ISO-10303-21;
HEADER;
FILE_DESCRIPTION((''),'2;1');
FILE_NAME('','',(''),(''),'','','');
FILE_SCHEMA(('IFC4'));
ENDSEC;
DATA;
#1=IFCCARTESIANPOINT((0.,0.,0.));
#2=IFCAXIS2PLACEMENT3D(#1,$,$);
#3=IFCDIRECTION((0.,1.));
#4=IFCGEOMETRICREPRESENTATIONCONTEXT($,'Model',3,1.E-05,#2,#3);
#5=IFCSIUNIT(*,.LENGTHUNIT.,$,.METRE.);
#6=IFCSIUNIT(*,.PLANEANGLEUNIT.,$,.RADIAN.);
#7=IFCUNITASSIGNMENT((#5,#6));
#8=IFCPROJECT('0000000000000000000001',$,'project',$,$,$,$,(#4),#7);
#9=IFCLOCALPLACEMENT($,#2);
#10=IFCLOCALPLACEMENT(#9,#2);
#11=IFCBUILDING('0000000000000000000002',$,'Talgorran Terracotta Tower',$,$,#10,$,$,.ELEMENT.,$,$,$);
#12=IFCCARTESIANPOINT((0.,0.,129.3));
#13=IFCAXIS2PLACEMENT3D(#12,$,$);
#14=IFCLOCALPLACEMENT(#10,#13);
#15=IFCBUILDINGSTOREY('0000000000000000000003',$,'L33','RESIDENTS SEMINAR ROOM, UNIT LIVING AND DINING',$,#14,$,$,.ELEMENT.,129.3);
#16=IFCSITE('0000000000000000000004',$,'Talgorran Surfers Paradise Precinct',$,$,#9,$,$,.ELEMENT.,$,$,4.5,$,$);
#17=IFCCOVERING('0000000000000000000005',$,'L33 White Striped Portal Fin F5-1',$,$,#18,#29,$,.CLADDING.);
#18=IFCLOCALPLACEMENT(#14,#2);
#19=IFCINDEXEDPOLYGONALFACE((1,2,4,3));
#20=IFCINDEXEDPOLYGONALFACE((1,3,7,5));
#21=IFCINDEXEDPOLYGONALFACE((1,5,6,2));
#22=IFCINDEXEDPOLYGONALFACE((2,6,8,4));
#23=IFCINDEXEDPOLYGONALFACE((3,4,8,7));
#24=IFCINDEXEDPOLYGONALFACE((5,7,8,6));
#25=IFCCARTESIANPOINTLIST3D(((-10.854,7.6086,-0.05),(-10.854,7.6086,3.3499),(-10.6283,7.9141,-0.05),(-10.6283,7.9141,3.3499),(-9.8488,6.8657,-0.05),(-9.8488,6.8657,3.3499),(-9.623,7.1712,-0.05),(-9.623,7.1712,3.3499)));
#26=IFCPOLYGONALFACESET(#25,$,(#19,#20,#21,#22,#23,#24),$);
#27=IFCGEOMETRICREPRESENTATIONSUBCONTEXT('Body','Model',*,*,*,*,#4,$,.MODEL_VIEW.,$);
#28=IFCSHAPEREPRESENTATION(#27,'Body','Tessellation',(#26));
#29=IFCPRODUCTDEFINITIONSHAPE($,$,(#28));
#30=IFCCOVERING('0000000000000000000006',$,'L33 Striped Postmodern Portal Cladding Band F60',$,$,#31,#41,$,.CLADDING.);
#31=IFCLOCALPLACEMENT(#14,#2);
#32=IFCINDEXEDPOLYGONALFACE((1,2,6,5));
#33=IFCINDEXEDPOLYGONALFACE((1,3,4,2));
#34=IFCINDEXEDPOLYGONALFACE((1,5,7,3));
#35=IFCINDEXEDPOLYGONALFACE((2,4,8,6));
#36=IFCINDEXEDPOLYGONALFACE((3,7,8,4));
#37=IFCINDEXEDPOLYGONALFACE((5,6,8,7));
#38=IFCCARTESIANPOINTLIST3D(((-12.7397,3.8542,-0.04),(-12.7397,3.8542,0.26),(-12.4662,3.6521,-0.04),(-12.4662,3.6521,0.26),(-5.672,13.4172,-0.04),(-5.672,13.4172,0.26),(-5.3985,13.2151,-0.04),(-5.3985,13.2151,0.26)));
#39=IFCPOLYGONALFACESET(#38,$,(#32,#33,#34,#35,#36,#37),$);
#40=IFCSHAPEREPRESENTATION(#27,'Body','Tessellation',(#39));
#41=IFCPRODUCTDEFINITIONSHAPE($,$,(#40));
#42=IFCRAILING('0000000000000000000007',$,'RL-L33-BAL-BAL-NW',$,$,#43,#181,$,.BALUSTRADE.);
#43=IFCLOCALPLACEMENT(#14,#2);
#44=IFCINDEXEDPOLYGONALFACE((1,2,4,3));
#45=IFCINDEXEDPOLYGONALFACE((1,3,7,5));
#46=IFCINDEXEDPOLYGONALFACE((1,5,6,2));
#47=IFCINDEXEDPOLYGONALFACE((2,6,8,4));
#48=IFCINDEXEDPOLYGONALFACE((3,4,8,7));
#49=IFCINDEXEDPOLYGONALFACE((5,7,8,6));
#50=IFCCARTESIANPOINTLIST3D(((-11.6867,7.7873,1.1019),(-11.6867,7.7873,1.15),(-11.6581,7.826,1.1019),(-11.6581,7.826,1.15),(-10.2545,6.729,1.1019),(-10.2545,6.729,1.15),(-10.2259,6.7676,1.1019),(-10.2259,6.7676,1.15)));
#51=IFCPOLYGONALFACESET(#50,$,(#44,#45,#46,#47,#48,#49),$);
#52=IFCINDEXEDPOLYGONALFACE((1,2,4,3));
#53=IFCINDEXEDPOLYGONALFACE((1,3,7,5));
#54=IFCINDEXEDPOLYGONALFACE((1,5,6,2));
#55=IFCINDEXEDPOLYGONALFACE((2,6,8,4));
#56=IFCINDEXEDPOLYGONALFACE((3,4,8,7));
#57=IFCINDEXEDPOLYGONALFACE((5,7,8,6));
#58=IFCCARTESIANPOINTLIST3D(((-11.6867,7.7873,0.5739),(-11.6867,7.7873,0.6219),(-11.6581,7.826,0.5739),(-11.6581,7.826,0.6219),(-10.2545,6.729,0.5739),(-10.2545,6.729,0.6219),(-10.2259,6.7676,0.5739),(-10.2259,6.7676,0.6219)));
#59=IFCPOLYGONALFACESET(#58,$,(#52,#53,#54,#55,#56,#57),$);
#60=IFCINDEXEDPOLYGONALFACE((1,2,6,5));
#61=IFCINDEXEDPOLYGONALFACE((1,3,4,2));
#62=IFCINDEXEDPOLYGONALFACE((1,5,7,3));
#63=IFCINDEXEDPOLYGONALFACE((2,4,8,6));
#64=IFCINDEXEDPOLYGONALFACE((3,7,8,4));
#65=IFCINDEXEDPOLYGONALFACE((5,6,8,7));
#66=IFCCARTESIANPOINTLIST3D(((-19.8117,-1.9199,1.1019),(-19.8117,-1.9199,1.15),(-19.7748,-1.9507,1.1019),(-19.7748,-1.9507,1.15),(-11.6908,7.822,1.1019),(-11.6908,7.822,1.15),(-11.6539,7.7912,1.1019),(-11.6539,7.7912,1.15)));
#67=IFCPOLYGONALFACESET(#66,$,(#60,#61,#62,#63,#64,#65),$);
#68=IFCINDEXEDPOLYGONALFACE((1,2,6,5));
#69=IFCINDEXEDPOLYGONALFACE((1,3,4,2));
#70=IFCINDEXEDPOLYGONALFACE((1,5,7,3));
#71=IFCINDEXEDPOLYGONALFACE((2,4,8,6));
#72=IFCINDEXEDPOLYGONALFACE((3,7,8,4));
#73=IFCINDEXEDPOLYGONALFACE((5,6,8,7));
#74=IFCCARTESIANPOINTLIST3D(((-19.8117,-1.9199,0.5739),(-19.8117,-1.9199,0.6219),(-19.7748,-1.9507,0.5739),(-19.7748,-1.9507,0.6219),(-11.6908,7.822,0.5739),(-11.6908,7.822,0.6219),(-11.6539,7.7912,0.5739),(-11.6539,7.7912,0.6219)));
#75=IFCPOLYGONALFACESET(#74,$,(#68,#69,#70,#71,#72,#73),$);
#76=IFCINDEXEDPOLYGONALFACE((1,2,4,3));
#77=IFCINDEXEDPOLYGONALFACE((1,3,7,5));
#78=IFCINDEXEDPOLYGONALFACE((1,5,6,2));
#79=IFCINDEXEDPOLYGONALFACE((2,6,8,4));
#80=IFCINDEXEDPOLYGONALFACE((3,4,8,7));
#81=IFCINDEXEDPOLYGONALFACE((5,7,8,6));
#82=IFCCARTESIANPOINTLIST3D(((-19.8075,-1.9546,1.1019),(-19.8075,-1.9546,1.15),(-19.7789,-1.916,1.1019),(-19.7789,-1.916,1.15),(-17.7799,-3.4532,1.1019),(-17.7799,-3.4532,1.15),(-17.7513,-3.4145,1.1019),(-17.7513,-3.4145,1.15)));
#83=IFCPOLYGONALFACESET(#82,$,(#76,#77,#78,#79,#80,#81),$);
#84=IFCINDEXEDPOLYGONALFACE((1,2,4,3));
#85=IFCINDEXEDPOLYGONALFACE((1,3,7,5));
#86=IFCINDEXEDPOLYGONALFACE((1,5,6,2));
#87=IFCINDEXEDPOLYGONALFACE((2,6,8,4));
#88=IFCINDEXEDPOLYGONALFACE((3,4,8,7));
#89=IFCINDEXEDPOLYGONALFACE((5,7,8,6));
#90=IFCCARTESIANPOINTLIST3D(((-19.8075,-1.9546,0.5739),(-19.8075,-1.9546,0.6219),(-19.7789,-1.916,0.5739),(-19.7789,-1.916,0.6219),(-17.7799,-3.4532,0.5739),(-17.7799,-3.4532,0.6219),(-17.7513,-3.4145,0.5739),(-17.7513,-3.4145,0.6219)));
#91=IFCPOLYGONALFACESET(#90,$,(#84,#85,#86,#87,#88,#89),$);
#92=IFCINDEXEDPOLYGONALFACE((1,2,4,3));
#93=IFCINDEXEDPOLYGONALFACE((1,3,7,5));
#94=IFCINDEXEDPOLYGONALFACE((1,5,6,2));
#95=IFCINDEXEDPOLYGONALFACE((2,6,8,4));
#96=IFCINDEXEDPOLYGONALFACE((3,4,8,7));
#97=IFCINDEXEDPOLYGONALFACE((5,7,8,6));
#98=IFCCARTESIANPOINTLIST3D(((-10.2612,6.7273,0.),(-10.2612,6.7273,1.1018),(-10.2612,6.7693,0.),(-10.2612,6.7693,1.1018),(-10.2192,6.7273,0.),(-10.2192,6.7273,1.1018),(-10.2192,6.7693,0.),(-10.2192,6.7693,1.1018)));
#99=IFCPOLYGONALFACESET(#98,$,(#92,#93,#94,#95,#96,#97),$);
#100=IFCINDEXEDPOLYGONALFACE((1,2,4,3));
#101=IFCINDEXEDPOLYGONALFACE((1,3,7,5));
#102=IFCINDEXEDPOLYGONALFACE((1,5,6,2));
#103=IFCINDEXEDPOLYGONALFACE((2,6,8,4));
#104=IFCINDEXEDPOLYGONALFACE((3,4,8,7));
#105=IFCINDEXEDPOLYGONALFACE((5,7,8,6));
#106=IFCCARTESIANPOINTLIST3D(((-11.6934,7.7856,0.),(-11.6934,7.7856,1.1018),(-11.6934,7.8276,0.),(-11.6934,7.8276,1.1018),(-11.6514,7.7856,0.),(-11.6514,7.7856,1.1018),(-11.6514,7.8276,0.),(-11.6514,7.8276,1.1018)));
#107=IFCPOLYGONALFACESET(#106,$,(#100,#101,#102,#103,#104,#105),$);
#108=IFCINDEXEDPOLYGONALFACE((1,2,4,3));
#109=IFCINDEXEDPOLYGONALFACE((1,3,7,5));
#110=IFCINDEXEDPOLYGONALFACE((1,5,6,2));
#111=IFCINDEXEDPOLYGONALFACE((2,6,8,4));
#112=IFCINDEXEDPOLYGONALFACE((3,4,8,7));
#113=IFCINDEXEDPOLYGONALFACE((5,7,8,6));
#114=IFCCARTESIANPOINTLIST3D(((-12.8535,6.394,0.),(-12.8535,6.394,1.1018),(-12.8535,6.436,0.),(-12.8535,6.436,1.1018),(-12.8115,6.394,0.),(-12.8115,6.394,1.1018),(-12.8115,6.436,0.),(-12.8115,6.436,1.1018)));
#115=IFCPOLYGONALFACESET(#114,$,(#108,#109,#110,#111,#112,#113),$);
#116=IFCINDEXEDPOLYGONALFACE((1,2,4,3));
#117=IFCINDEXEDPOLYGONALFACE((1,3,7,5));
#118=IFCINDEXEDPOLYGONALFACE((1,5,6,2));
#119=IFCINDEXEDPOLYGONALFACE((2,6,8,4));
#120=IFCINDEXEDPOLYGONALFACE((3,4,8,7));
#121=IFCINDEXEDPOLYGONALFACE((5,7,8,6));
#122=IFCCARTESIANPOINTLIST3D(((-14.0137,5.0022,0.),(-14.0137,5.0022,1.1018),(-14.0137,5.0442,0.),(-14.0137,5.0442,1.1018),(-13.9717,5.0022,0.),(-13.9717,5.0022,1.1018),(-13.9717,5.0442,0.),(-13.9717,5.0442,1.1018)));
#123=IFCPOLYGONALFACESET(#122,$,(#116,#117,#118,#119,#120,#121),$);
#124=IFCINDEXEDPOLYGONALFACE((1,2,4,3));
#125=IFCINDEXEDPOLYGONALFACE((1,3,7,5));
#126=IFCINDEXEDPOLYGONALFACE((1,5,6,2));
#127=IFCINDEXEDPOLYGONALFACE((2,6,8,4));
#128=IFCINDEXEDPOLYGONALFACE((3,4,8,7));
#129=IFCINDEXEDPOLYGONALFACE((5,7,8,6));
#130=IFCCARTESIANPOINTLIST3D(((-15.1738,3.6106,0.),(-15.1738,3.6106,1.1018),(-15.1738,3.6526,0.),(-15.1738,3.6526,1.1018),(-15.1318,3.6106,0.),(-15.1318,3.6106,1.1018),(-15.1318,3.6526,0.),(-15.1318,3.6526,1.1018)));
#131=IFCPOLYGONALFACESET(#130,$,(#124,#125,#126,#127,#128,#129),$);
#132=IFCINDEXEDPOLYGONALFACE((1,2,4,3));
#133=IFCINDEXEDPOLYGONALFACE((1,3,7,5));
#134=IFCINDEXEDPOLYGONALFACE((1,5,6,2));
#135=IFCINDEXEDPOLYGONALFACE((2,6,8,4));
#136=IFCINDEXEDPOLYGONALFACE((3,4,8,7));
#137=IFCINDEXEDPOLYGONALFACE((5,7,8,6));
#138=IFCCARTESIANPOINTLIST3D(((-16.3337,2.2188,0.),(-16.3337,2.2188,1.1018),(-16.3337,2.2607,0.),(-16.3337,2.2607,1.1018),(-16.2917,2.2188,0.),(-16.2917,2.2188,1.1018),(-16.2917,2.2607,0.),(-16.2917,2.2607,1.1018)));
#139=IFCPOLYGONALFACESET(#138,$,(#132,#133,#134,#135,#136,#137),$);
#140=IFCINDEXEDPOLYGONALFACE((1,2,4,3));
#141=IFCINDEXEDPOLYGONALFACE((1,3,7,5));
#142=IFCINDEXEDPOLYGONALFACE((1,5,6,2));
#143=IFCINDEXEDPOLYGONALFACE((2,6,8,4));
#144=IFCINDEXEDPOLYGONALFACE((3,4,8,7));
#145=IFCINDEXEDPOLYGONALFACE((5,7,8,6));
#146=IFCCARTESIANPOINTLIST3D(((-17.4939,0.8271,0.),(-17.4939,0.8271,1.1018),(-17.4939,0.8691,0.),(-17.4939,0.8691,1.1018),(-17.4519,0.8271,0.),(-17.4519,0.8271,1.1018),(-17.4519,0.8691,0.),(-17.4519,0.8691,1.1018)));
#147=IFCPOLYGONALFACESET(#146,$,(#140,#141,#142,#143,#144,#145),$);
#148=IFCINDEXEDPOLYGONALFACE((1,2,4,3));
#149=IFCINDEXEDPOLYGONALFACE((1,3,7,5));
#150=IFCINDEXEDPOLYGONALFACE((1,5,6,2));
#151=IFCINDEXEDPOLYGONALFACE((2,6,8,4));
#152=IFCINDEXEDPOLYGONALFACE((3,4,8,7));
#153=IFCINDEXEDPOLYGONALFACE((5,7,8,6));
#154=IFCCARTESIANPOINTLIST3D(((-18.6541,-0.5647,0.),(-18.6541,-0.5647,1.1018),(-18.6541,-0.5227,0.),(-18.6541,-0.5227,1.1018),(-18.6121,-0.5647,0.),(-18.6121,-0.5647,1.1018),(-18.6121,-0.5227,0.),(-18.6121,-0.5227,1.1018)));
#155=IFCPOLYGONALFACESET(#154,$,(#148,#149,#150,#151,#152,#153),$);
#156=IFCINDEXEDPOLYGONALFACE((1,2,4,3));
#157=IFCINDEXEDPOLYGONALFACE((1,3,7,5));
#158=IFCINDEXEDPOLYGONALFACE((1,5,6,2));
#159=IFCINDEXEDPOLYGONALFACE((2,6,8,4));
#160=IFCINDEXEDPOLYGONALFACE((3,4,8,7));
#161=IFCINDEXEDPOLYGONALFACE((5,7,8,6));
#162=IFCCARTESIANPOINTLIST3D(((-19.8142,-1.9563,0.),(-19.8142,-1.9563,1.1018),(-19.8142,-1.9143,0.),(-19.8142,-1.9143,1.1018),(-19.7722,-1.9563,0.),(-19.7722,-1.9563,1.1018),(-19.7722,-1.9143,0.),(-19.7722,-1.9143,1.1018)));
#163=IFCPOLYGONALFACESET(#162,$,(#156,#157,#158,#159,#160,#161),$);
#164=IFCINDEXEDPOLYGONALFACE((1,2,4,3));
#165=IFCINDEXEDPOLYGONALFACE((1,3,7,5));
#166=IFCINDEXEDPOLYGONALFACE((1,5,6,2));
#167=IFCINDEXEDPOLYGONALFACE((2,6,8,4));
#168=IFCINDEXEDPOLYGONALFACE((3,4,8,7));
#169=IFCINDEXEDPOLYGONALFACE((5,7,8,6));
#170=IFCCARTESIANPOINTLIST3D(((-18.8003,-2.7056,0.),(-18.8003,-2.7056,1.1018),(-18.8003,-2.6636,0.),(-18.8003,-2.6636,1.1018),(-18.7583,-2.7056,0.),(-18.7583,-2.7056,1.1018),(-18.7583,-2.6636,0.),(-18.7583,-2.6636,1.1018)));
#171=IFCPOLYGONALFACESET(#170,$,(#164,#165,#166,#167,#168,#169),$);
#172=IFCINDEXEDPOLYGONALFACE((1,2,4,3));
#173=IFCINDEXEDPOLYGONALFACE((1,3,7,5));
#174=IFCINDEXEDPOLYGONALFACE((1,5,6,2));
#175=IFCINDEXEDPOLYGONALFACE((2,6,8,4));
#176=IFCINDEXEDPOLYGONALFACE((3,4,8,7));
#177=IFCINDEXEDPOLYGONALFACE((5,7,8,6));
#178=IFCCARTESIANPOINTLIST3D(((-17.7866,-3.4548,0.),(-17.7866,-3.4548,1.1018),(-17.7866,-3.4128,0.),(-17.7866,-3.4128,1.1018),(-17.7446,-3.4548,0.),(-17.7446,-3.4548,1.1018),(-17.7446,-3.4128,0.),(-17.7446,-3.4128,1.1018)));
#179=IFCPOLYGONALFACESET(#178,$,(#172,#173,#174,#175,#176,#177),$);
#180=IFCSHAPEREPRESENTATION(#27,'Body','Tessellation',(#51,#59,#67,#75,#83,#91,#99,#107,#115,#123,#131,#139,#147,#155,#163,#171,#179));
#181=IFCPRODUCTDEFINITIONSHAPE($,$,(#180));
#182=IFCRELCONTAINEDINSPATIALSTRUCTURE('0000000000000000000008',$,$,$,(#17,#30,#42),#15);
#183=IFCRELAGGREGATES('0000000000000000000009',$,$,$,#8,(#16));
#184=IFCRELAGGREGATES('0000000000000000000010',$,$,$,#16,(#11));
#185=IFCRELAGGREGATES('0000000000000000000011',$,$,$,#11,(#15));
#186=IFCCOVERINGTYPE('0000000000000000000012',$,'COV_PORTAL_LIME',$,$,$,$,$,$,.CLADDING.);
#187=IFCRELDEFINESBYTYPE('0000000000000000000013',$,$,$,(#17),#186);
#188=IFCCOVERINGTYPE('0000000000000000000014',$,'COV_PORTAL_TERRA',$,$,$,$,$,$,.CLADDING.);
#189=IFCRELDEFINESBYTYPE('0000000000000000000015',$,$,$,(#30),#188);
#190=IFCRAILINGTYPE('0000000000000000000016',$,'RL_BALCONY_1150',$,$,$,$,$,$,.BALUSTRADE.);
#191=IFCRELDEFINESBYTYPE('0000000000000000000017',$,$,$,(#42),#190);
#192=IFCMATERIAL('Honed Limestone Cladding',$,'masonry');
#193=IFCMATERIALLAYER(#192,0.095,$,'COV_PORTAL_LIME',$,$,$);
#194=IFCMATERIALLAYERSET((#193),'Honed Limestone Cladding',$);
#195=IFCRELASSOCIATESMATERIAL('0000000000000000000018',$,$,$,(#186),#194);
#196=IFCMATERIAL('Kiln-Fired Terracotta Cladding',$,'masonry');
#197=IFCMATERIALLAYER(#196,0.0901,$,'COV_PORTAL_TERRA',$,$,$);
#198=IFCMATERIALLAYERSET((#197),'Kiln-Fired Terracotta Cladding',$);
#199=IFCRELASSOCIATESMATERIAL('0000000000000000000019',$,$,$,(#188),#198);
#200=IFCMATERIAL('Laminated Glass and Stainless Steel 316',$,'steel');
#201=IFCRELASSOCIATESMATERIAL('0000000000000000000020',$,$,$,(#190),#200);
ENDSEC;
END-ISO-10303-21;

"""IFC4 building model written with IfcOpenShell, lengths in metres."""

from ifc_helpers import new_model, si_unit, direction, frame, origin, origin_2d, place, context, subcontext, project, spatial, rectangle, extrude, material, layer, layer_set, type_object, element, save


model = new_model("IFC4")

# Units and contexts
model_context = context("Model", 3, precision=1e-05, world=origin(), true_north=direction((0.0, 1.0)))
body_context = subcontext(model_context, "Body", "Model", "MODEL_VIEW")
ifc_project = project(units=[si_unit("LENGTHUNIT", "METRE"), si_unit("PLANEANGLEUNIT", "RADIAN")], contexts=[model_context])

# Site, building, storey
site_placement = place(None, origin())
site = spatial("IfcSite", under=ifc_project, at=site_placement, Name="Talgorran Surfers Paradise Precinct", CompositionType="ELEMENT", RefElevation=4.5)
building_placement = place(site_placement, origin())
building = spatial("IfcBuilding", under=site, at=building_placement, Name="Talgorran Terracotta Tower", CompositionType="ELEMENT")
storey_placement = place(building_placement, frame((0.0, 0.0, 129.3)))
storey = spatial("IfcBuildingStorey", under=building, at=storey_placement, Name="L33", Description="RESIDENTS SEMINAR ROOM, UNIT LIVING AND DINING", CompositionType="ELEMENT", Elevation=129.3)

# Coverings
ifc_material_1 = material(Name="Honed Limestone Cladding", Category="masonry")
ifc_layer_1 = layer(ifc_material_1, 0.095, Name="COV_PORTAL_LIME")
ifc_layer_set_1 = layer_set([ifc_layer_1], Name="Honed Limestone Cladding")
covering_type_1 = type_object("IfcCoveringType", Name="COV_PORTAL_LIME", PredefinedType="CLADDING", material=ifc_layer_set_1)
covering_1_placement = place(storey_placement, frame((-10.2385, 7.3899, -0.05), z_axis=(0.0, 0.0, 1.0), x_axis=(-0.59436, -0.804199, 0.0)))
element("IfcCovering", 1, at=covering_1_placement, inside=storey, type_object=covering_type_1, Name="L33 White Striped Portal Fin F5-1", PredefinedType="CLADDING", context=body_context, shape_type="SweptSolid", body=[
    extrude(rectangle(XDim=0.3799, YDim=1.25, at=origin_2d()), origin(), (0.0, 0.0, 1.0), 3.3999),
])
ifc_material_2 = material(Name="Kiln-Fired Terracotta Cladding", Category="masonry")
ifc_layer_2 = layer(ifc_material_2, 0.0901, Name="COV_PORTAL_TERRA")
ifc_layer_set_2 = layer_set([ifc_layer_2], Name="Kiln-Fired Terracotta Cladding")
covering_type_2 = type_object("IfcCoveringType", Name="COV_PORTAL_TERRA", PredefinedType="CLADDING", material=ifc_layer_set_2)
covering_2_placement = place(storey_placement, frame((-9.0691, 8.5347, -0.04), z_axis=(0.0, 0.0, 1.0), x_axis=(-0.59436, -0.804199, 0.0)))
element("IfcCovering", 2, at=covering_2_placement, inside=storey, type_object=covering_type_2, Name="L33 Striped Postmodern Portal Cladding Band F60", PredefinedType="CLADDING", context=body_context, shape_type="SweptSolid", body=[
    extrude(rectangle(XDim=11.8914, YDim=0.3401, at=origin_2d()), origin(), (0.0, 0.0, 1.0), 0.3),
])

# Railing
ifc_material_3 = material(Name="Laminated Glass and Stainless Steel 316", Category="steel")
railing_type = type_object("IfcRailingType", Name="RL_BALCONY_1150", PredefinedType="BALUSTRADE", material=ifc_material_3)
railing_placement = place(storey_placement, frame((-10.2402, 6.7483, 0.0)))
element("IfcRailing", 3, at=railing_placement, inside=storey, type_object=railing_type, Name="RL-L33-BAL-BAL-NW", PredefinedType="BALUSTRADE", context=body_context, shape_type="SweptSolid", body=[
    extrude(rectangle(XDim=0.0481, YDim=0.0481, at=origin_2d()), frame((0.0, 0.0, 1.126), z_axis=(-0.804225, 0.594326, 0.0), x_axis=(-0.594326, -0.804225, 0.0)), (0.0, 0.0, 1.0), 1.7808),
    extrude(rectangle(XDim=0.0481, YDim=0.0481, at=origin_2d()), frame((0.0, 0.0, 0.5979), z_axis=(-0.804225, 0.594326, 0.0), x_axis=(-0.594326, -0.804225, 0.0)), (0.0, 0.0, 1.0), 1.7808),
    extrude(rectangle(XDim=0.0481, YDim=0.0481, at=origin_2d()), frame((-1.4321, 1.0583, 1.126), z_axis=(-0.640304, -0.768122, 0.0), x_axis=(0.768122, -0.640304, 0.0)), (0.0, 0.0, 1.0), 12.6829),
    extrude(rectangle(XDim=0.0481, YDim=0.0481, at=origin_2d()), frame((-1.4321, 1.0583, 0.5979), z_axis=(-0.640304, -0.768122, 0.0), x_axis=(0.768122, -0.640304, 0.0)), (0.0, 0.0, 1.0), 12.6829),
    extrude(rectangle(XDim=0.0481, YDim=0.0481, at=origin_2d()), frame((-9.553, -8.6836, 1.126), z_axis=(0.804198, -0.594361, 0.0), x_axis=(0.594361, 0.804198, 0.0)), (0.0, 0.0, 1.0), 2.5212),
    extrude(rectangle(XDim=0.0481, YDim=0.0481, at=origin_2d()), frame((-9.553, -8.6836, 0.5979), z_axis=(0.804198, -0.594361, 0.0), x_axis=(0.594361, 0.804198, 0.0)), (0.0, 0.0, 1.0), 2.5212),
    extrude(rectangle(XDim=0.042, YDim=0.042, at=origin_2d()), origin(), (0.0, 0.0, 1.0), 1.1018),
    extrude(rectangle(XDim=0.042, YDim=0.042, at=origin_2d()), frame((-1.4321, 1.0583, 0.0)), (0.0, 0.0, 1.0), 1.1018),
    extrude(rectangle(XDim=0.042, YDim=0.042, at=origin_2d()), frame((-2.5923, -0.3333, 0.0)), (0.0, 0.0, 1.0), 1.1018),
    extrude(rectangle(XDim=0.042, YDim=0.042, at=origin_2d()), frame((-3.7524, -1.7251, 0.0)), (0.0, 0.0, 1.0), 1.1018),
    extrude(rectangle(XDim=0.042, YDim=0.042, at=origin_2d()), frame((-4.9126, -3.1167, 0.0)), (0.0, 0.0, 1.0), 1.1018),
    extrude(rectangle(XDim=0.042, YDim=0.042, at=origin_2d()), frame((-6.0725, -4.5085, 0.0)), (0.0, 0.0, 1.0), 1.1018),
    extrude(rectangle(XDim=0.042, YDim=0.042, at=origin_2d()), frame((-7.2327, -5.9001, 0.0)), (0.0, 0.0, 1.0), 1.1018),
    extrude(rectangle(XDim=0.042, YDim=0.042, at=origin_2d()), frame((-8.3928, -7.292, 0.0)), (0.0, 0.0, 1.0), 1.1018),
    extrude(rectangle(XDim=0.042, YDim=0.042, at=origin_2d()), frame((-9.553, -8.6836, 0.0)), (0.0, 0.0, 1.0), 1.1018),
    extrude(rectangle(XDim=0.042, YDim=0.042, at=origin_2d()), frame((-8.5391, -9.4329, 0.0)), (0.0, 0.0, 1.0), 1.1018),
    extrude(rectangle(XDim=0.042, YDim=0.042, at=origin_2d()), frame((-7.5254, -10.1821, 0.0)), (0.0, 0.0, 1.0), 1.1018),
])

save(model, "model.ifc")
